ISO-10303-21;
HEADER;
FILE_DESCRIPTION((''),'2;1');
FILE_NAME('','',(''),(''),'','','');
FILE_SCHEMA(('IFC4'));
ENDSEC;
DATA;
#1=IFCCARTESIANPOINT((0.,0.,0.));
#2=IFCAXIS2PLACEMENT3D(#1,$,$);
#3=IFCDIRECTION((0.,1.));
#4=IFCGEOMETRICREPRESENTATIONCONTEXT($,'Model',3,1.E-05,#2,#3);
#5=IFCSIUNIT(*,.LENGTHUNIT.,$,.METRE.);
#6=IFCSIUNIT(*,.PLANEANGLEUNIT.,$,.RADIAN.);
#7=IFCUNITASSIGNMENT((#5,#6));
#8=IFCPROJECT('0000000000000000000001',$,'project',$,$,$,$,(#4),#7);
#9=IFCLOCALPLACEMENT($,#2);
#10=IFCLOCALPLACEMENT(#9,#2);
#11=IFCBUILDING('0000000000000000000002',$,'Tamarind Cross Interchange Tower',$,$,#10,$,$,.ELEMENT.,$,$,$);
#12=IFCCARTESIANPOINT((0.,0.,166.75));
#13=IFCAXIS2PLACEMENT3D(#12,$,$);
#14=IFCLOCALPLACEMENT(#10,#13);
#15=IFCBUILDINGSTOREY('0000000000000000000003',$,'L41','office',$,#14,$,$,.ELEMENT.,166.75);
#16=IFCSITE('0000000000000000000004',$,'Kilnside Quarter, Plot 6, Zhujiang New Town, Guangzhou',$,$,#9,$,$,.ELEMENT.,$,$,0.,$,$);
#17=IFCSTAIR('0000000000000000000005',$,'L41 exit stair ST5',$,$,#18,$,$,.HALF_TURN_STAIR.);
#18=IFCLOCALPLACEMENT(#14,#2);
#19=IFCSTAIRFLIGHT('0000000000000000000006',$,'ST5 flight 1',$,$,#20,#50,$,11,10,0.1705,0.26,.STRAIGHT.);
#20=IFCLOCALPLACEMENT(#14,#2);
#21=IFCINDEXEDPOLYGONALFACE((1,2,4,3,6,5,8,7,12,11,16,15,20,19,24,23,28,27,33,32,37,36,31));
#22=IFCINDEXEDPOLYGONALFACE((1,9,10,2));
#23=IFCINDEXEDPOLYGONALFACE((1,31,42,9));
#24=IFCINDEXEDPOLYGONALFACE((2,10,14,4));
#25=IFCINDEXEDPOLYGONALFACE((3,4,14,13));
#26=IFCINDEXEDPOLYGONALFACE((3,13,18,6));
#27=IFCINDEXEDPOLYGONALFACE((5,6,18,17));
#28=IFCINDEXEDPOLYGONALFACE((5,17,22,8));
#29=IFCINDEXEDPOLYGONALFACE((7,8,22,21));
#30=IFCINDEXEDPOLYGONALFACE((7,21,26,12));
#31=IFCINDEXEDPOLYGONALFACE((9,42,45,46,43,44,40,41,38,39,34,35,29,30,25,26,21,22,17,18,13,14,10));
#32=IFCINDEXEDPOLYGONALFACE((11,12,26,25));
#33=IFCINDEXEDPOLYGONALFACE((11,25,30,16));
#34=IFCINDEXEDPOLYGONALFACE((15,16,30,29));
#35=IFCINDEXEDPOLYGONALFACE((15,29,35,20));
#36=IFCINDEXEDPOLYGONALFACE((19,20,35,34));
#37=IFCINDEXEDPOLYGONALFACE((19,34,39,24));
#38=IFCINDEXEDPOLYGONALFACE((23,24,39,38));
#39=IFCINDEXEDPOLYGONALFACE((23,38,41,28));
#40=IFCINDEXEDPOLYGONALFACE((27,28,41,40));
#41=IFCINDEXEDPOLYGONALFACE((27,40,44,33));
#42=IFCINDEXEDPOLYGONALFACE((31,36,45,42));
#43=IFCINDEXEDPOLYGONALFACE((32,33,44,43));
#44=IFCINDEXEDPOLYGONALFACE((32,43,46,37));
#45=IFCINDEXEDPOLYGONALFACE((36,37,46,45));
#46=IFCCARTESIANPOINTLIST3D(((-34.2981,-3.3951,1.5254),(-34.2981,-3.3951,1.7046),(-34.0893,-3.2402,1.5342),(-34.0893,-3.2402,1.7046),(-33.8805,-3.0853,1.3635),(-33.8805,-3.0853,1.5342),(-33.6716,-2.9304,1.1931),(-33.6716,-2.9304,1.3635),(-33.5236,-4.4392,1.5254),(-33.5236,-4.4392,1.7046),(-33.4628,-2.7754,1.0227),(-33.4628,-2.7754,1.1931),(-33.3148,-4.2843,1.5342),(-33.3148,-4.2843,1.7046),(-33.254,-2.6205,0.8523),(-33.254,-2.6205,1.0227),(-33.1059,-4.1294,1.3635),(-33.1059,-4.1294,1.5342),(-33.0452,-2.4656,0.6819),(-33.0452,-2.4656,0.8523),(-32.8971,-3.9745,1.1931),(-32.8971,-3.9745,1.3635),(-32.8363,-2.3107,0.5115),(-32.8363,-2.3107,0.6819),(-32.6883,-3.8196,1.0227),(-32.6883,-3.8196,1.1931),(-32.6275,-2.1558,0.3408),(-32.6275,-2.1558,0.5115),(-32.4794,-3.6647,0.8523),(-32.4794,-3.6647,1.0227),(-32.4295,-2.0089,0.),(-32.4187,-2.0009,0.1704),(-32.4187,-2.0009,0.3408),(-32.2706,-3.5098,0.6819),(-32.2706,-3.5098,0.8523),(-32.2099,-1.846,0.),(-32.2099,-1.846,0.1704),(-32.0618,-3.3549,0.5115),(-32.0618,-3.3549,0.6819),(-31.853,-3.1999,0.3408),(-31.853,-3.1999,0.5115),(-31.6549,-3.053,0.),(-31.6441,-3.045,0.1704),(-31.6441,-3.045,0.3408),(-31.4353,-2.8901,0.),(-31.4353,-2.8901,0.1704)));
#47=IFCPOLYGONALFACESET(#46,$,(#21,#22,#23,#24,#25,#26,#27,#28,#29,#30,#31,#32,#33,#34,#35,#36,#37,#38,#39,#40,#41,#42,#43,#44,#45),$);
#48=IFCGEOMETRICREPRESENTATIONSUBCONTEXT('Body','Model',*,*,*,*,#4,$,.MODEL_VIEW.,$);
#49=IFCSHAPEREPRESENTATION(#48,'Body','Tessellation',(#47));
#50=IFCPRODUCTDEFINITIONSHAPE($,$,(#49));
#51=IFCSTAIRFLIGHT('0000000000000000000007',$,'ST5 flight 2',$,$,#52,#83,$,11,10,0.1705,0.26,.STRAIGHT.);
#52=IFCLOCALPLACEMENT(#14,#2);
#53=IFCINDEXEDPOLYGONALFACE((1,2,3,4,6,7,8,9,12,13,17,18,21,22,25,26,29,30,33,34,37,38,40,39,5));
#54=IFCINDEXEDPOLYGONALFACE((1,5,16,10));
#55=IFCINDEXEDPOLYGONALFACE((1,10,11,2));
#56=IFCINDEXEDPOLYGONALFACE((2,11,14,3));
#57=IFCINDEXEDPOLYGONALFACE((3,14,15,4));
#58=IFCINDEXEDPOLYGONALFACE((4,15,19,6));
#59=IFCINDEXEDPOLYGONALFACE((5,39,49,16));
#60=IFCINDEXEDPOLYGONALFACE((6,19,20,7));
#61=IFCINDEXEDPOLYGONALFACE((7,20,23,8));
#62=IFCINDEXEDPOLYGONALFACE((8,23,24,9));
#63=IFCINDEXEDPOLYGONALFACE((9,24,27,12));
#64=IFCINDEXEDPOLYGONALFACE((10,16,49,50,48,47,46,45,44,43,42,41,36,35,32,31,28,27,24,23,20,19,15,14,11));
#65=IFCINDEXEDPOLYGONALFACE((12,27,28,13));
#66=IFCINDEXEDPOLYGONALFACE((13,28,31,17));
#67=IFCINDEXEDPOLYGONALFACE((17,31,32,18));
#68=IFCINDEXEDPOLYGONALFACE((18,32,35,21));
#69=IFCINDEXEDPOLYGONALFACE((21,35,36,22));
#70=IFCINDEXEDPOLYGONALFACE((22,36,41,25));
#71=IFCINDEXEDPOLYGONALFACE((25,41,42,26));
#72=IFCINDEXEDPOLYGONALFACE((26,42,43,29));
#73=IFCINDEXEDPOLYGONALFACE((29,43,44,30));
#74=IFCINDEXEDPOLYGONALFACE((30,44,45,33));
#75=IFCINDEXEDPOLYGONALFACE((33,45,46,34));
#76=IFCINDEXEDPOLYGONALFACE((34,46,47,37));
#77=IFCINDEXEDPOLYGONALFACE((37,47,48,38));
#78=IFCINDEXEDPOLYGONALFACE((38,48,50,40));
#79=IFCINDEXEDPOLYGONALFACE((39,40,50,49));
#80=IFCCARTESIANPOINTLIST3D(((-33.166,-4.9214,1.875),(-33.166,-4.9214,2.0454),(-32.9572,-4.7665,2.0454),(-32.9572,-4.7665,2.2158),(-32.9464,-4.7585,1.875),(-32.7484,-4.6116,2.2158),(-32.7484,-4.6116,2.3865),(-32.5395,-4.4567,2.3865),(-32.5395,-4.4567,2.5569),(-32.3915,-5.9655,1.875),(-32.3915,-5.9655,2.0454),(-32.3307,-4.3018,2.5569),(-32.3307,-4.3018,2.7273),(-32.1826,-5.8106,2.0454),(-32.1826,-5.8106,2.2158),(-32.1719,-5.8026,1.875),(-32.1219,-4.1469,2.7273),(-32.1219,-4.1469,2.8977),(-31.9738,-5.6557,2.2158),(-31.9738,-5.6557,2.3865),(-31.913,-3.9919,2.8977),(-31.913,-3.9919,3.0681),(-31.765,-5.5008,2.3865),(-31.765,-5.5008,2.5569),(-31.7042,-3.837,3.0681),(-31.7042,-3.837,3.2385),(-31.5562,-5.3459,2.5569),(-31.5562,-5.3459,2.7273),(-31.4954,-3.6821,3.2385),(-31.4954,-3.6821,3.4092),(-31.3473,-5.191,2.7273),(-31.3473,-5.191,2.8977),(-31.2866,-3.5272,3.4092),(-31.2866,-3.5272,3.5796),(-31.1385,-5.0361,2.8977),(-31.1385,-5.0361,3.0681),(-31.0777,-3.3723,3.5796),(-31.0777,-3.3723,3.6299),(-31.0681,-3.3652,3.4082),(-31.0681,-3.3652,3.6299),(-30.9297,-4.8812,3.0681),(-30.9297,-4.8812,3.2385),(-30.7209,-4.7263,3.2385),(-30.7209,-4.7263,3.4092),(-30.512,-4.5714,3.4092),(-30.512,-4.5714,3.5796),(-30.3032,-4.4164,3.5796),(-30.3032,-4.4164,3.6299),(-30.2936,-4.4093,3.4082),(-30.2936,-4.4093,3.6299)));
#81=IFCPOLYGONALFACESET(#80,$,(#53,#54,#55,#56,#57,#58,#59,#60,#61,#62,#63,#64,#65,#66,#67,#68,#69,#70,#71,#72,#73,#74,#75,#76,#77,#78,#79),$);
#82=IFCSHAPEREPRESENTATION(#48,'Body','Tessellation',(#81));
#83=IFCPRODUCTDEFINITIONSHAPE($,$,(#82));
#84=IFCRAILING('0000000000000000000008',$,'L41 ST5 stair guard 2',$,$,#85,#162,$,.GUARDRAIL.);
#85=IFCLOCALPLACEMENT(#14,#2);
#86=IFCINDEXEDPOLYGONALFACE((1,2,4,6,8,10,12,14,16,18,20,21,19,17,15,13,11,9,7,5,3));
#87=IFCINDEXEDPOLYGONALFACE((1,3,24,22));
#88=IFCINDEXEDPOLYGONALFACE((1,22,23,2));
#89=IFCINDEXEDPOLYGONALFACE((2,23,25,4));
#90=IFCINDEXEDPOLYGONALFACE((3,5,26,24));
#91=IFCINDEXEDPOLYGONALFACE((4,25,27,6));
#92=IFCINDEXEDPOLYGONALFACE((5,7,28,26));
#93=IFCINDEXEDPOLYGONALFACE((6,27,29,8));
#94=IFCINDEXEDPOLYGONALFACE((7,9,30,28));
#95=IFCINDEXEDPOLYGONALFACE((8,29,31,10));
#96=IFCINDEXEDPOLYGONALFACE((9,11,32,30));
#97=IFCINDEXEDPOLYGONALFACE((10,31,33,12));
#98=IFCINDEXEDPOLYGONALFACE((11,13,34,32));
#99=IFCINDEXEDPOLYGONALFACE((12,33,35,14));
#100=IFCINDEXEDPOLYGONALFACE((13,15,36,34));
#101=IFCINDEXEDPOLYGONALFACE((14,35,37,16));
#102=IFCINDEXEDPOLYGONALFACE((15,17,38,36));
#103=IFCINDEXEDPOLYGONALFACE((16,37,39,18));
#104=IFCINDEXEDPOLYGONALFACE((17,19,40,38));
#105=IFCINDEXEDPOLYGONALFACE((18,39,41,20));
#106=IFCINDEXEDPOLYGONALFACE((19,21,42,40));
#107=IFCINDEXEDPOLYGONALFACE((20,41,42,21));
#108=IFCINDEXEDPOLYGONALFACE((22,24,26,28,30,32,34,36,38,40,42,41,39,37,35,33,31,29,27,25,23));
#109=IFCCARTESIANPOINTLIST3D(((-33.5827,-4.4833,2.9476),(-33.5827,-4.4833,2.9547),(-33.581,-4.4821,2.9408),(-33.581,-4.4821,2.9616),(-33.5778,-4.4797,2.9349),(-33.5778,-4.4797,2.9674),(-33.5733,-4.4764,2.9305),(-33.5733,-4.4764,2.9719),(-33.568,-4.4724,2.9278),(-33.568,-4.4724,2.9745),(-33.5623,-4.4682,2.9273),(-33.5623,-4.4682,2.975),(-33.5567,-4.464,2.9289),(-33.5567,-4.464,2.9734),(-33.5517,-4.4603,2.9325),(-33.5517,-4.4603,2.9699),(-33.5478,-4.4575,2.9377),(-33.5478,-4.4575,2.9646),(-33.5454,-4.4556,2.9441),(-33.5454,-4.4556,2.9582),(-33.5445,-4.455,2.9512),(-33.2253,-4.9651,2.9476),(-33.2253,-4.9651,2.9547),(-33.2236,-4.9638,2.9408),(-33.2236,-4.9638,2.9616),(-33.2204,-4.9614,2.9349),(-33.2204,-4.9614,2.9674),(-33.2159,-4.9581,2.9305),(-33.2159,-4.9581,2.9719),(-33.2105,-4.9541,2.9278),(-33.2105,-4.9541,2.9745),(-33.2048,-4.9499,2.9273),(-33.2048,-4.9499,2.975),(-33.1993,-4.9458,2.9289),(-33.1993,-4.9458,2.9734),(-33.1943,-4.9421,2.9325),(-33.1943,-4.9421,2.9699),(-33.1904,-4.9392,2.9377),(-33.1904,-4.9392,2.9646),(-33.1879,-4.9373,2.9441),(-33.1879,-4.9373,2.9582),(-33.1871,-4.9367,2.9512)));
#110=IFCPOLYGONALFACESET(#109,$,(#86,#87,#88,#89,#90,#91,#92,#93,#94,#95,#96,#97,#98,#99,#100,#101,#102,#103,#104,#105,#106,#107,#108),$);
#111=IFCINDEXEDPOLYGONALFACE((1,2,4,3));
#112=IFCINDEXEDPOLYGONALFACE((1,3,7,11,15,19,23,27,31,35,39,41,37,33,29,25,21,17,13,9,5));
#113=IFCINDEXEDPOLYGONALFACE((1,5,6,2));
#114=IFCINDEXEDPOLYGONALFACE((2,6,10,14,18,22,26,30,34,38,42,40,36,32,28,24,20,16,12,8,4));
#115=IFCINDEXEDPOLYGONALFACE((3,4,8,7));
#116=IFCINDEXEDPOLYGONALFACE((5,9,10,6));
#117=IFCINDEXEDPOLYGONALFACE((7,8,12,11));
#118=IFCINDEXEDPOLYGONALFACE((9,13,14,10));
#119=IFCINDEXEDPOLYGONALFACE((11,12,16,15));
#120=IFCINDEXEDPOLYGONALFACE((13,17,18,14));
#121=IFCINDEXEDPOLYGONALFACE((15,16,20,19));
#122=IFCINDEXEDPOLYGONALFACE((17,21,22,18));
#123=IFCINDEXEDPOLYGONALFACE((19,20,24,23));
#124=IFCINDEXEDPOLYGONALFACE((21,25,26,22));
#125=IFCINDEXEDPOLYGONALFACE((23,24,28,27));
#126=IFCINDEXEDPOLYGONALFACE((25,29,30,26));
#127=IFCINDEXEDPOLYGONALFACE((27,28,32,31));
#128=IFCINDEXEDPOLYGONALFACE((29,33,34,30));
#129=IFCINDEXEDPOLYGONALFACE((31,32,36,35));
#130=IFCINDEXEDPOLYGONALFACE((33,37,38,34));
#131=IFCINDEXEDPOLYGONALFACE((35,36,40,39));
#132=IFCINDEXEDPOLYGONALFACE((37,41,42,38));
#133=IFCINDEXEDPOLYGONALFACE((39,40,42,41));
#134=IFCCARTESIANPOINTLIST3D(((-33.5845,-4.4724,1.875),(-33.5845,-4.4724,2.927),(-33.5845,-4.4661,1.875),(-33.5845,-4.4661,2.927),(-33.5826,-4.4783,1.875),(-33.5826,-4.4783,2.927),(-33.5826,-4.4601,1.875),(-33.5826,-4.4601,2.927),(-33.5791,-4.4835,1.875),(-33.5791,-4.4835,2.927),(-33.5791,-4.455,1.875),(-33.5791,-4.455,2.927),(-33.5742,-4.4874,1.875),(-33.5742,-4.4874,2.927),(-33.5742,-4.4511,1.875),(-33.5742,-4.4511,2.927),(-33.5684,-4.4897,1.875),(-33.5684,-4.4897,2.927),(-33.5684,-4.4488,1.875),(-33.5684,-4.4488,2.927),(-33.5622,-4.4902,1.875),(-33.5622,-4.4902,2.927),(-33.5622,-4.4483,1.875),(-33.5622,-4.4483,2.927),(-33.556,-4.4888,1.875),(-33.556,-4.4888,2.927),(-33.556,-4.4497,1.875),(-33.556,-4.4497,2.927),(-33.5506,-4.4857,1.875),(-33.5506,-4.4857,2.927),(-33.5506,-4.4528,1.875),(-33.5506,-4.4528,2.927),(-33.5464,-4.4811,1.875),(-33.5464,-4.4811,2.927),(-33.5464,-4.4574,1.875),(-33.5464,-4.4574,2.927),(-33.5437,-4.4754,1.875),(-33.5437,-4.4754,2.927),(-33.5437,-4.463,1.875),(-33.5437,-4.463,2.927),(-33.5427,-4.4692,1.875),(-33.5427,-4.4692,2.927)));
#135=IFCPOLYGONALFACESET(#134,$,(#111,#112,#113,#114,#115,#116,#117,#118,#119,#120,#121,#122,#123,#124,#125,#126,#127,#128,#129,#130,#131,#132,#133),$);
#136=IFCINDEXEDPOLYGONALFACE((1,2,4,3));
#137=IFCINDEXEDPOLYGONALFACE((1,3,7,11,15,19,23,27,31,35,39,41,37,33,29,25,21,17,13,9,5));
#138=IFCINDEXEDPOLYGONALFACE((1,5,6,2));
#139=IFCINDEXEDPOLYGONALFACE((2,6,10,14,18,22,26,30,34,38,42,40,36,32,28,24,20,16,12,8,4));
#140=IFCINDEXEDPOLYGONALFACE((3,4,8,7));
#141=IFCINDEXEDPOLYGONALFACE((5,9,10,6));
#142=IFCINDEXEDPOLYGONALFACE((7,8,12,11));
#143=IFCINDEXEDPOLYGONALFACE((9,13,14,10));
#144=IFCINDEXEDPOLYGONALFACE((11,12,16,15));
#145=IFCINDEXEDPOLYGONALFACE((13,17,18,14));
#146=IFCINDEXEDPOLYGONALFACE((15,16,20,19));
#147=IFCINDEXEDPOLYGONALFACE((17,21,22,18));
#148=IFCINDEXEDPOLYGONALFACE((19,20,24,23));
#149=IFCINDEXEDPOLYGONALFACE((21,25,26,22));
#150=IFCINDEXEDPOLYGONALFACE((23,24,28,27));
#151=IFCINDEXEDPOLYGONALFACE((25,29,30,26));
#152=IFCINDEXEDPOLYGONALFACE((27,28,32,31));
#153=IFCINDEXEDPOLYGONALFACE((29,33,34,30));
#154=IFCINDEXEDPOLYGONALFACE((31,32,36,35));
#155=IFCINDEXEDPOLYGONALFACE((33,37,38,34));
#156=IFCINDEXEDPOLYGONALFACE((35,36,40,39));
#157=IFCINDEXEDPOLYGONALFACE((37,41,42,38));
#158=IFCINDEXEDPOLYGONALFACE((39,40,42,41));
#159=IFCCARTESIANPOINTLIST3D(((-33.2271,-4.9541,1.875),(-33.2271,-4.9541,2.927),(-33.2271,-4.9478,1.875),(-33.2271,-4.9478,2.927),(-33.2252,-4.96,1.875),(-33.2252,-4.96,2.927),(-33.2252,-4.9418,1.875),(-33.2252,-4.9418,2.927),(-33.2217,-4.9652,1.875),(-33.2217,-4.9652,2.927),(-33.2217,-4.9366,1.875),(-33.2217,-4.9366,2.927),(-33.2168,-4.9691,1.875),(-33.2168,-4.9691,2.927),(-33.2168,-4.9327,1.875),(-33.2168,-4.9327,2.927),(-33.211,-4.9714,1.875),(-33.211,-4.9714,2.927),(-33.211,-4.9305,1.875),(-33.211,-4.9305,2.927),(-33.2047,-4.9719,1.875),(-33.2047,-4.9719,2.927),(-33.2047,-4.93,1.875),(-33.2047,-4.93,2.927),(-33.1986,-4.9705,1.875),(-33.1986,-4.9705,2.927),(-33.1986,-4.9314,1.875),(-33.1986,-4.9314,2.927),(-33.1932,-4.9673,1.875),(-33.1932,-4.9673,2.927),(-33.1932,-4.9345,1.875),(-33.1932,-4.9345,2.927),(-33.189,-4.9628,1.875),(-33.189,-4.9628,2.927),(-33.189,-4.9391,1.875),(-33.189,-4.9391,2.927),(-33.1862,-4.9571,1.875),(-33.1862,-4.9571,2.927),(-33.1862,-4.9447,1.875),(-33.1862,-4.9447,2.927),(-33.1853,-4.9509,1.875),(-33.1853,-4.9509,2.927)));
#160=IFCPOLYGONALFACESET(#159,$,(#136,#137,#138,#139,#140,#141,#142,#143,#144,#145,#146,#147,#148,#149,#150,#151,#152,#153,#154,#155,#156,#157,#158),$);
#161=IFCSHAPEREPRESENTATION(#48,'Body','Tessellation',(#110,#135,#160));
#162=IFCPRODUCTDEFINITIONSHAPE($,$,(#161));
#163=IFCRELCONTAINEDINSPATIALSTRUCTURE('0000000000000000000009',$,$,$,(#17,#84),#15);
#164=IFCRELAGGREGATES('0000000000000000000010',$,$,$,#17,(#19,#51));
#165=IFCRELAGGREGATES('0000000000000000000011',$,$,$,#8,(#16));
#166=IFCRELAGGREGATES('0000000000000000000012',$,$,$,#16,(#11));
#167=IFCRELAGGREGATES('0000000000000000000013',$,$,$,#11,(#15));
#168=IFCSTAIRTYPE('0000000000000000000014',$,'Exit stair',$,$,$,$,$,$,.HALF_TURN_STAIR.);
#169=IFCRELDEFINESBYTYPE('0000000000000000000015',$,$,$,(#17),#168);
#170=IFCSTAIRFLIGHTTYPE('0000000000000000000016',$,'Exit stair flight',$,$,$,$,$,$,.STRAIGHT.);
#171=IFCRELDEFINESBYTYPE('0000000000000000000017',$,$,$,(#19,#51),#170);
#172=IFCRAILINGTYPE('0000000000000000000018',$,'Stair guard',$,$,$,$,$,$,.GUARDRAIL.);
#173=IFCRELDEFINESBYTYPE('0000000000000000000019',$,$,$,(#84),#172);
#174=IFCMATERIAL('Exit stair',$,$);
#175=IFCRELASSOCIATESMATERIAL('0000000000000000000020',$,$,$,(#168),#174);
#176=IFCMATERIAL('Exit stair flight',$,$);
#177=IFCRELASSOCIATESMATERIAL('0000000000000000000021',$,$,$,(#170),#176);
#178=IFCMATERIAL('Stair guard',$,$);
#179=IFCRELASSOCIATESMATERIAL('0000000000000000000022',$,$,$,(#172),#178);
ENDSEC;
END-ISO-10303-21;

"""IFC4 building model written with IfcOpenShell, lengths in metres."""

from ifc_helpers import new_model, si_unit, direction, frame, origin, origin_2d, place, context, subcontext, project, spatial, polyline, circle, outline, extrude, material, type_object, element, aggregate, save


model = new_model("IFC4")

# Units and contexts
model_context = context("Model", 3, precision=1e-05, world=origin(), true_north=direction((0.0, 1.0)))
body_context = subcontext(model_context, "Body", "Model", "MODEL_VIEW")
ifc_project = project(units=[si_unit("LENGTHUNIT", "METRE"), si_unit("PLANEANGLEUNIT", "RADIAN")], contexts=[model_context])

# Site, building, storey
site_placement = place(None, origin())
site = spatial("IfcSite", under=ifc_project, at=site_placement, Name="Kilnside Quarter, Plot 6, Zhujiang New Town, Guangzhou", CompositionType="ELEMENT", RefElevation=0.0)
building_placement = place(site_placement, origin())
building = spatial("IfcBuilding", under=site, at=building_placement, Name="Tamarind Cross Interchange Tower", CompositionType="ELEMENT")
storey_placement = place(building_placement, frame((0.0, 0.0, 166.75)))
storey = spatial("IfcBuildingStorey", under=building, at=storey_placement, Name="L41", Description="office", CompositionType="ELEMENT", Elevation=166.75)

# Stair, stair flights
ifc_material_1 = material(Name="Exit stair")
stair_type = type_object("IfcStairType", Name="Exit stair", PredefinedType="HALF_TURN_STAIR", material=ifc_material_1)
stair_placement = place(storey_placement, origin())
stair = element("IfcStair", 1, at=stair_placement, inside=storey, type_object=stair_type, Name="L41 exit stair ST5", PredefinedType="HALF_TURN_STAIR")
ifc_material_2 = material(Name="Exit stair flight")
stair_flight_type = type_object("IfcStairFlightType", Name="Exit stair flight", PredefinedType="STRAIGHT", material=ifc_material_2)
stair_flight_1_placement = place(storey_placement, frame((-31.8225, -2.3682, 0.0), z_axis=(0.0, 0.0, 1.0), x_axis=(-0.80315, -0.595776, 0.0)))
stair_flight_1 = element("IfcStairFlight", 2, at=stair_flight_1_placement, type_object=stair_flight_type, Name="ST5 flight 1", NumberOfRisers=11, NumberOfTreads=10, PredefinedType="STRAIGHT", RiserHeight=0.1705, TreadLength=0.26, context=body_context, shape_type="SweptSolid", body=[
    extrude(outline(polyline([(0.0, 0.0), (0.0, 0.1704), (0.26, 0.1704), (0.26, 0.3408), (0.52, 0.3408), (0.52, 0.5115), (0.78, 0.5115), (0.78, 0.6819), (1.04, 0.6819), (1.04, 0.8523), (1.3, 0.8523), (1.3, 1.0227), (1.5601, 1.0227), (1.5601, 1.1931), (1.8201, 1.1931), (1.8201, 1.3635), (2.0801, 1.3635), (2.0801, 1.5342), (2.3401, 1.5342), (2.3401, 1.7046), (2.6001, 1.7046), (2.6001, 1.875), (2.6001, 1.5254), (0.2734, 0.0), (0.0, 0.0)])), frame((0.0, 0.6499, 0.0), z_axis=(0.0, -1.0, 0.0), x_axis=(1.0, 0.0, 0.0)), (0.0, 0.0, 1.0), 1.3),
])
stair_flight_2_placement = place(storey_placement, frame((-32.7788, -5.4434, 1.875), z_axis=(0.0, 0.0, 1.0), x_axis=(0.80315, 0.595776, 0.0)))
stair_flight_2 = element("IfcStairFlight", 3, at=stair_flight_2_placement, type_object=stair_flight_type, Name="ST5 flight 2", NumberOfRisers=11, NumberOfTreads=10, PredefinedType="STRAIGHT", RiserHeight=0.1705, TreadLength=0.26, context=body_context, shape_type="SweptSolid", body=[
    extrude(outline(polyline([(0.0, 0.0), (0.0, 0.1704), (0.26, 0.1704), (0.26, 0.3408), (0.52, 0.3408), (0.52, 0.5115), (0.78, 0.5115), (0.78, 0.6819), (1.04, 0.6819), (1.04, 0.8523), (1.3, 0.8523), (1.3, 1.0227), (1.5601, 1.0227), (1.5601, 1.1931), (1.8201, 1.1931), (1.8201, 1.3635), (2.0801, 1.3635), (2.0801, 1.5342), (2.3401, 1.5342), (2.3401, 1.7046), (2.6001, 1.7046), (2.6001, 1.7549), (2.6121, 1.7549), (2.6121, 1.5332), (0.2734, 0.0), (0.0, 0.0)])), frame((0.0, 0.6499, 0.0), z_axis=(0.0, -1.0, 0.0), x_axis=(1.0, 0.0, 0.0)), (0.0, 0.0, 1.0), 1.3),
])
aggregate(stair, [stair_flight_1, stair_flight_2])

# Railing
ifc_material_3 = material(Name="Stair guard")
railing_type_1 = type_object("IfcRailingType", Name="Stair guard", PredefinedType="GUARDRAIL", material=ifc_material_3)
railing_1_placement = place(storey_placement, frame((-33.5637, -4.4692, 1.875)))
element("IfcRailing", 4, at=railing_1_placement, inside=storey, type_object=railing_type_1, Name="L41 ST5 stair guard 2", PredefinedType="GUARDRAIL", context=body_context, shape_type="SweptSolid", body=[
    extrude(circle(Radius=0.0239, at=origin_2d()), frame((0.0, 0.0, 1.0762), z_axis=(0.595889, -0.803067, 0.0), x_axis=(0.803067, 0.595889, 0.0)), (0.0, 0.0, 1.0), 0.5999),
    extrude(circle(Radius=0.021, at=origin_2d()), origin(), (0.0, 0.0, 1.0), 1.052),
    extrude(circle(Radius=0.021, at=origin_2d()), frame((0.3574, -0.4817, 0.0)), (0.0, 0.0, 1.0), 1.052),
])

save(model, "model.ifc")
